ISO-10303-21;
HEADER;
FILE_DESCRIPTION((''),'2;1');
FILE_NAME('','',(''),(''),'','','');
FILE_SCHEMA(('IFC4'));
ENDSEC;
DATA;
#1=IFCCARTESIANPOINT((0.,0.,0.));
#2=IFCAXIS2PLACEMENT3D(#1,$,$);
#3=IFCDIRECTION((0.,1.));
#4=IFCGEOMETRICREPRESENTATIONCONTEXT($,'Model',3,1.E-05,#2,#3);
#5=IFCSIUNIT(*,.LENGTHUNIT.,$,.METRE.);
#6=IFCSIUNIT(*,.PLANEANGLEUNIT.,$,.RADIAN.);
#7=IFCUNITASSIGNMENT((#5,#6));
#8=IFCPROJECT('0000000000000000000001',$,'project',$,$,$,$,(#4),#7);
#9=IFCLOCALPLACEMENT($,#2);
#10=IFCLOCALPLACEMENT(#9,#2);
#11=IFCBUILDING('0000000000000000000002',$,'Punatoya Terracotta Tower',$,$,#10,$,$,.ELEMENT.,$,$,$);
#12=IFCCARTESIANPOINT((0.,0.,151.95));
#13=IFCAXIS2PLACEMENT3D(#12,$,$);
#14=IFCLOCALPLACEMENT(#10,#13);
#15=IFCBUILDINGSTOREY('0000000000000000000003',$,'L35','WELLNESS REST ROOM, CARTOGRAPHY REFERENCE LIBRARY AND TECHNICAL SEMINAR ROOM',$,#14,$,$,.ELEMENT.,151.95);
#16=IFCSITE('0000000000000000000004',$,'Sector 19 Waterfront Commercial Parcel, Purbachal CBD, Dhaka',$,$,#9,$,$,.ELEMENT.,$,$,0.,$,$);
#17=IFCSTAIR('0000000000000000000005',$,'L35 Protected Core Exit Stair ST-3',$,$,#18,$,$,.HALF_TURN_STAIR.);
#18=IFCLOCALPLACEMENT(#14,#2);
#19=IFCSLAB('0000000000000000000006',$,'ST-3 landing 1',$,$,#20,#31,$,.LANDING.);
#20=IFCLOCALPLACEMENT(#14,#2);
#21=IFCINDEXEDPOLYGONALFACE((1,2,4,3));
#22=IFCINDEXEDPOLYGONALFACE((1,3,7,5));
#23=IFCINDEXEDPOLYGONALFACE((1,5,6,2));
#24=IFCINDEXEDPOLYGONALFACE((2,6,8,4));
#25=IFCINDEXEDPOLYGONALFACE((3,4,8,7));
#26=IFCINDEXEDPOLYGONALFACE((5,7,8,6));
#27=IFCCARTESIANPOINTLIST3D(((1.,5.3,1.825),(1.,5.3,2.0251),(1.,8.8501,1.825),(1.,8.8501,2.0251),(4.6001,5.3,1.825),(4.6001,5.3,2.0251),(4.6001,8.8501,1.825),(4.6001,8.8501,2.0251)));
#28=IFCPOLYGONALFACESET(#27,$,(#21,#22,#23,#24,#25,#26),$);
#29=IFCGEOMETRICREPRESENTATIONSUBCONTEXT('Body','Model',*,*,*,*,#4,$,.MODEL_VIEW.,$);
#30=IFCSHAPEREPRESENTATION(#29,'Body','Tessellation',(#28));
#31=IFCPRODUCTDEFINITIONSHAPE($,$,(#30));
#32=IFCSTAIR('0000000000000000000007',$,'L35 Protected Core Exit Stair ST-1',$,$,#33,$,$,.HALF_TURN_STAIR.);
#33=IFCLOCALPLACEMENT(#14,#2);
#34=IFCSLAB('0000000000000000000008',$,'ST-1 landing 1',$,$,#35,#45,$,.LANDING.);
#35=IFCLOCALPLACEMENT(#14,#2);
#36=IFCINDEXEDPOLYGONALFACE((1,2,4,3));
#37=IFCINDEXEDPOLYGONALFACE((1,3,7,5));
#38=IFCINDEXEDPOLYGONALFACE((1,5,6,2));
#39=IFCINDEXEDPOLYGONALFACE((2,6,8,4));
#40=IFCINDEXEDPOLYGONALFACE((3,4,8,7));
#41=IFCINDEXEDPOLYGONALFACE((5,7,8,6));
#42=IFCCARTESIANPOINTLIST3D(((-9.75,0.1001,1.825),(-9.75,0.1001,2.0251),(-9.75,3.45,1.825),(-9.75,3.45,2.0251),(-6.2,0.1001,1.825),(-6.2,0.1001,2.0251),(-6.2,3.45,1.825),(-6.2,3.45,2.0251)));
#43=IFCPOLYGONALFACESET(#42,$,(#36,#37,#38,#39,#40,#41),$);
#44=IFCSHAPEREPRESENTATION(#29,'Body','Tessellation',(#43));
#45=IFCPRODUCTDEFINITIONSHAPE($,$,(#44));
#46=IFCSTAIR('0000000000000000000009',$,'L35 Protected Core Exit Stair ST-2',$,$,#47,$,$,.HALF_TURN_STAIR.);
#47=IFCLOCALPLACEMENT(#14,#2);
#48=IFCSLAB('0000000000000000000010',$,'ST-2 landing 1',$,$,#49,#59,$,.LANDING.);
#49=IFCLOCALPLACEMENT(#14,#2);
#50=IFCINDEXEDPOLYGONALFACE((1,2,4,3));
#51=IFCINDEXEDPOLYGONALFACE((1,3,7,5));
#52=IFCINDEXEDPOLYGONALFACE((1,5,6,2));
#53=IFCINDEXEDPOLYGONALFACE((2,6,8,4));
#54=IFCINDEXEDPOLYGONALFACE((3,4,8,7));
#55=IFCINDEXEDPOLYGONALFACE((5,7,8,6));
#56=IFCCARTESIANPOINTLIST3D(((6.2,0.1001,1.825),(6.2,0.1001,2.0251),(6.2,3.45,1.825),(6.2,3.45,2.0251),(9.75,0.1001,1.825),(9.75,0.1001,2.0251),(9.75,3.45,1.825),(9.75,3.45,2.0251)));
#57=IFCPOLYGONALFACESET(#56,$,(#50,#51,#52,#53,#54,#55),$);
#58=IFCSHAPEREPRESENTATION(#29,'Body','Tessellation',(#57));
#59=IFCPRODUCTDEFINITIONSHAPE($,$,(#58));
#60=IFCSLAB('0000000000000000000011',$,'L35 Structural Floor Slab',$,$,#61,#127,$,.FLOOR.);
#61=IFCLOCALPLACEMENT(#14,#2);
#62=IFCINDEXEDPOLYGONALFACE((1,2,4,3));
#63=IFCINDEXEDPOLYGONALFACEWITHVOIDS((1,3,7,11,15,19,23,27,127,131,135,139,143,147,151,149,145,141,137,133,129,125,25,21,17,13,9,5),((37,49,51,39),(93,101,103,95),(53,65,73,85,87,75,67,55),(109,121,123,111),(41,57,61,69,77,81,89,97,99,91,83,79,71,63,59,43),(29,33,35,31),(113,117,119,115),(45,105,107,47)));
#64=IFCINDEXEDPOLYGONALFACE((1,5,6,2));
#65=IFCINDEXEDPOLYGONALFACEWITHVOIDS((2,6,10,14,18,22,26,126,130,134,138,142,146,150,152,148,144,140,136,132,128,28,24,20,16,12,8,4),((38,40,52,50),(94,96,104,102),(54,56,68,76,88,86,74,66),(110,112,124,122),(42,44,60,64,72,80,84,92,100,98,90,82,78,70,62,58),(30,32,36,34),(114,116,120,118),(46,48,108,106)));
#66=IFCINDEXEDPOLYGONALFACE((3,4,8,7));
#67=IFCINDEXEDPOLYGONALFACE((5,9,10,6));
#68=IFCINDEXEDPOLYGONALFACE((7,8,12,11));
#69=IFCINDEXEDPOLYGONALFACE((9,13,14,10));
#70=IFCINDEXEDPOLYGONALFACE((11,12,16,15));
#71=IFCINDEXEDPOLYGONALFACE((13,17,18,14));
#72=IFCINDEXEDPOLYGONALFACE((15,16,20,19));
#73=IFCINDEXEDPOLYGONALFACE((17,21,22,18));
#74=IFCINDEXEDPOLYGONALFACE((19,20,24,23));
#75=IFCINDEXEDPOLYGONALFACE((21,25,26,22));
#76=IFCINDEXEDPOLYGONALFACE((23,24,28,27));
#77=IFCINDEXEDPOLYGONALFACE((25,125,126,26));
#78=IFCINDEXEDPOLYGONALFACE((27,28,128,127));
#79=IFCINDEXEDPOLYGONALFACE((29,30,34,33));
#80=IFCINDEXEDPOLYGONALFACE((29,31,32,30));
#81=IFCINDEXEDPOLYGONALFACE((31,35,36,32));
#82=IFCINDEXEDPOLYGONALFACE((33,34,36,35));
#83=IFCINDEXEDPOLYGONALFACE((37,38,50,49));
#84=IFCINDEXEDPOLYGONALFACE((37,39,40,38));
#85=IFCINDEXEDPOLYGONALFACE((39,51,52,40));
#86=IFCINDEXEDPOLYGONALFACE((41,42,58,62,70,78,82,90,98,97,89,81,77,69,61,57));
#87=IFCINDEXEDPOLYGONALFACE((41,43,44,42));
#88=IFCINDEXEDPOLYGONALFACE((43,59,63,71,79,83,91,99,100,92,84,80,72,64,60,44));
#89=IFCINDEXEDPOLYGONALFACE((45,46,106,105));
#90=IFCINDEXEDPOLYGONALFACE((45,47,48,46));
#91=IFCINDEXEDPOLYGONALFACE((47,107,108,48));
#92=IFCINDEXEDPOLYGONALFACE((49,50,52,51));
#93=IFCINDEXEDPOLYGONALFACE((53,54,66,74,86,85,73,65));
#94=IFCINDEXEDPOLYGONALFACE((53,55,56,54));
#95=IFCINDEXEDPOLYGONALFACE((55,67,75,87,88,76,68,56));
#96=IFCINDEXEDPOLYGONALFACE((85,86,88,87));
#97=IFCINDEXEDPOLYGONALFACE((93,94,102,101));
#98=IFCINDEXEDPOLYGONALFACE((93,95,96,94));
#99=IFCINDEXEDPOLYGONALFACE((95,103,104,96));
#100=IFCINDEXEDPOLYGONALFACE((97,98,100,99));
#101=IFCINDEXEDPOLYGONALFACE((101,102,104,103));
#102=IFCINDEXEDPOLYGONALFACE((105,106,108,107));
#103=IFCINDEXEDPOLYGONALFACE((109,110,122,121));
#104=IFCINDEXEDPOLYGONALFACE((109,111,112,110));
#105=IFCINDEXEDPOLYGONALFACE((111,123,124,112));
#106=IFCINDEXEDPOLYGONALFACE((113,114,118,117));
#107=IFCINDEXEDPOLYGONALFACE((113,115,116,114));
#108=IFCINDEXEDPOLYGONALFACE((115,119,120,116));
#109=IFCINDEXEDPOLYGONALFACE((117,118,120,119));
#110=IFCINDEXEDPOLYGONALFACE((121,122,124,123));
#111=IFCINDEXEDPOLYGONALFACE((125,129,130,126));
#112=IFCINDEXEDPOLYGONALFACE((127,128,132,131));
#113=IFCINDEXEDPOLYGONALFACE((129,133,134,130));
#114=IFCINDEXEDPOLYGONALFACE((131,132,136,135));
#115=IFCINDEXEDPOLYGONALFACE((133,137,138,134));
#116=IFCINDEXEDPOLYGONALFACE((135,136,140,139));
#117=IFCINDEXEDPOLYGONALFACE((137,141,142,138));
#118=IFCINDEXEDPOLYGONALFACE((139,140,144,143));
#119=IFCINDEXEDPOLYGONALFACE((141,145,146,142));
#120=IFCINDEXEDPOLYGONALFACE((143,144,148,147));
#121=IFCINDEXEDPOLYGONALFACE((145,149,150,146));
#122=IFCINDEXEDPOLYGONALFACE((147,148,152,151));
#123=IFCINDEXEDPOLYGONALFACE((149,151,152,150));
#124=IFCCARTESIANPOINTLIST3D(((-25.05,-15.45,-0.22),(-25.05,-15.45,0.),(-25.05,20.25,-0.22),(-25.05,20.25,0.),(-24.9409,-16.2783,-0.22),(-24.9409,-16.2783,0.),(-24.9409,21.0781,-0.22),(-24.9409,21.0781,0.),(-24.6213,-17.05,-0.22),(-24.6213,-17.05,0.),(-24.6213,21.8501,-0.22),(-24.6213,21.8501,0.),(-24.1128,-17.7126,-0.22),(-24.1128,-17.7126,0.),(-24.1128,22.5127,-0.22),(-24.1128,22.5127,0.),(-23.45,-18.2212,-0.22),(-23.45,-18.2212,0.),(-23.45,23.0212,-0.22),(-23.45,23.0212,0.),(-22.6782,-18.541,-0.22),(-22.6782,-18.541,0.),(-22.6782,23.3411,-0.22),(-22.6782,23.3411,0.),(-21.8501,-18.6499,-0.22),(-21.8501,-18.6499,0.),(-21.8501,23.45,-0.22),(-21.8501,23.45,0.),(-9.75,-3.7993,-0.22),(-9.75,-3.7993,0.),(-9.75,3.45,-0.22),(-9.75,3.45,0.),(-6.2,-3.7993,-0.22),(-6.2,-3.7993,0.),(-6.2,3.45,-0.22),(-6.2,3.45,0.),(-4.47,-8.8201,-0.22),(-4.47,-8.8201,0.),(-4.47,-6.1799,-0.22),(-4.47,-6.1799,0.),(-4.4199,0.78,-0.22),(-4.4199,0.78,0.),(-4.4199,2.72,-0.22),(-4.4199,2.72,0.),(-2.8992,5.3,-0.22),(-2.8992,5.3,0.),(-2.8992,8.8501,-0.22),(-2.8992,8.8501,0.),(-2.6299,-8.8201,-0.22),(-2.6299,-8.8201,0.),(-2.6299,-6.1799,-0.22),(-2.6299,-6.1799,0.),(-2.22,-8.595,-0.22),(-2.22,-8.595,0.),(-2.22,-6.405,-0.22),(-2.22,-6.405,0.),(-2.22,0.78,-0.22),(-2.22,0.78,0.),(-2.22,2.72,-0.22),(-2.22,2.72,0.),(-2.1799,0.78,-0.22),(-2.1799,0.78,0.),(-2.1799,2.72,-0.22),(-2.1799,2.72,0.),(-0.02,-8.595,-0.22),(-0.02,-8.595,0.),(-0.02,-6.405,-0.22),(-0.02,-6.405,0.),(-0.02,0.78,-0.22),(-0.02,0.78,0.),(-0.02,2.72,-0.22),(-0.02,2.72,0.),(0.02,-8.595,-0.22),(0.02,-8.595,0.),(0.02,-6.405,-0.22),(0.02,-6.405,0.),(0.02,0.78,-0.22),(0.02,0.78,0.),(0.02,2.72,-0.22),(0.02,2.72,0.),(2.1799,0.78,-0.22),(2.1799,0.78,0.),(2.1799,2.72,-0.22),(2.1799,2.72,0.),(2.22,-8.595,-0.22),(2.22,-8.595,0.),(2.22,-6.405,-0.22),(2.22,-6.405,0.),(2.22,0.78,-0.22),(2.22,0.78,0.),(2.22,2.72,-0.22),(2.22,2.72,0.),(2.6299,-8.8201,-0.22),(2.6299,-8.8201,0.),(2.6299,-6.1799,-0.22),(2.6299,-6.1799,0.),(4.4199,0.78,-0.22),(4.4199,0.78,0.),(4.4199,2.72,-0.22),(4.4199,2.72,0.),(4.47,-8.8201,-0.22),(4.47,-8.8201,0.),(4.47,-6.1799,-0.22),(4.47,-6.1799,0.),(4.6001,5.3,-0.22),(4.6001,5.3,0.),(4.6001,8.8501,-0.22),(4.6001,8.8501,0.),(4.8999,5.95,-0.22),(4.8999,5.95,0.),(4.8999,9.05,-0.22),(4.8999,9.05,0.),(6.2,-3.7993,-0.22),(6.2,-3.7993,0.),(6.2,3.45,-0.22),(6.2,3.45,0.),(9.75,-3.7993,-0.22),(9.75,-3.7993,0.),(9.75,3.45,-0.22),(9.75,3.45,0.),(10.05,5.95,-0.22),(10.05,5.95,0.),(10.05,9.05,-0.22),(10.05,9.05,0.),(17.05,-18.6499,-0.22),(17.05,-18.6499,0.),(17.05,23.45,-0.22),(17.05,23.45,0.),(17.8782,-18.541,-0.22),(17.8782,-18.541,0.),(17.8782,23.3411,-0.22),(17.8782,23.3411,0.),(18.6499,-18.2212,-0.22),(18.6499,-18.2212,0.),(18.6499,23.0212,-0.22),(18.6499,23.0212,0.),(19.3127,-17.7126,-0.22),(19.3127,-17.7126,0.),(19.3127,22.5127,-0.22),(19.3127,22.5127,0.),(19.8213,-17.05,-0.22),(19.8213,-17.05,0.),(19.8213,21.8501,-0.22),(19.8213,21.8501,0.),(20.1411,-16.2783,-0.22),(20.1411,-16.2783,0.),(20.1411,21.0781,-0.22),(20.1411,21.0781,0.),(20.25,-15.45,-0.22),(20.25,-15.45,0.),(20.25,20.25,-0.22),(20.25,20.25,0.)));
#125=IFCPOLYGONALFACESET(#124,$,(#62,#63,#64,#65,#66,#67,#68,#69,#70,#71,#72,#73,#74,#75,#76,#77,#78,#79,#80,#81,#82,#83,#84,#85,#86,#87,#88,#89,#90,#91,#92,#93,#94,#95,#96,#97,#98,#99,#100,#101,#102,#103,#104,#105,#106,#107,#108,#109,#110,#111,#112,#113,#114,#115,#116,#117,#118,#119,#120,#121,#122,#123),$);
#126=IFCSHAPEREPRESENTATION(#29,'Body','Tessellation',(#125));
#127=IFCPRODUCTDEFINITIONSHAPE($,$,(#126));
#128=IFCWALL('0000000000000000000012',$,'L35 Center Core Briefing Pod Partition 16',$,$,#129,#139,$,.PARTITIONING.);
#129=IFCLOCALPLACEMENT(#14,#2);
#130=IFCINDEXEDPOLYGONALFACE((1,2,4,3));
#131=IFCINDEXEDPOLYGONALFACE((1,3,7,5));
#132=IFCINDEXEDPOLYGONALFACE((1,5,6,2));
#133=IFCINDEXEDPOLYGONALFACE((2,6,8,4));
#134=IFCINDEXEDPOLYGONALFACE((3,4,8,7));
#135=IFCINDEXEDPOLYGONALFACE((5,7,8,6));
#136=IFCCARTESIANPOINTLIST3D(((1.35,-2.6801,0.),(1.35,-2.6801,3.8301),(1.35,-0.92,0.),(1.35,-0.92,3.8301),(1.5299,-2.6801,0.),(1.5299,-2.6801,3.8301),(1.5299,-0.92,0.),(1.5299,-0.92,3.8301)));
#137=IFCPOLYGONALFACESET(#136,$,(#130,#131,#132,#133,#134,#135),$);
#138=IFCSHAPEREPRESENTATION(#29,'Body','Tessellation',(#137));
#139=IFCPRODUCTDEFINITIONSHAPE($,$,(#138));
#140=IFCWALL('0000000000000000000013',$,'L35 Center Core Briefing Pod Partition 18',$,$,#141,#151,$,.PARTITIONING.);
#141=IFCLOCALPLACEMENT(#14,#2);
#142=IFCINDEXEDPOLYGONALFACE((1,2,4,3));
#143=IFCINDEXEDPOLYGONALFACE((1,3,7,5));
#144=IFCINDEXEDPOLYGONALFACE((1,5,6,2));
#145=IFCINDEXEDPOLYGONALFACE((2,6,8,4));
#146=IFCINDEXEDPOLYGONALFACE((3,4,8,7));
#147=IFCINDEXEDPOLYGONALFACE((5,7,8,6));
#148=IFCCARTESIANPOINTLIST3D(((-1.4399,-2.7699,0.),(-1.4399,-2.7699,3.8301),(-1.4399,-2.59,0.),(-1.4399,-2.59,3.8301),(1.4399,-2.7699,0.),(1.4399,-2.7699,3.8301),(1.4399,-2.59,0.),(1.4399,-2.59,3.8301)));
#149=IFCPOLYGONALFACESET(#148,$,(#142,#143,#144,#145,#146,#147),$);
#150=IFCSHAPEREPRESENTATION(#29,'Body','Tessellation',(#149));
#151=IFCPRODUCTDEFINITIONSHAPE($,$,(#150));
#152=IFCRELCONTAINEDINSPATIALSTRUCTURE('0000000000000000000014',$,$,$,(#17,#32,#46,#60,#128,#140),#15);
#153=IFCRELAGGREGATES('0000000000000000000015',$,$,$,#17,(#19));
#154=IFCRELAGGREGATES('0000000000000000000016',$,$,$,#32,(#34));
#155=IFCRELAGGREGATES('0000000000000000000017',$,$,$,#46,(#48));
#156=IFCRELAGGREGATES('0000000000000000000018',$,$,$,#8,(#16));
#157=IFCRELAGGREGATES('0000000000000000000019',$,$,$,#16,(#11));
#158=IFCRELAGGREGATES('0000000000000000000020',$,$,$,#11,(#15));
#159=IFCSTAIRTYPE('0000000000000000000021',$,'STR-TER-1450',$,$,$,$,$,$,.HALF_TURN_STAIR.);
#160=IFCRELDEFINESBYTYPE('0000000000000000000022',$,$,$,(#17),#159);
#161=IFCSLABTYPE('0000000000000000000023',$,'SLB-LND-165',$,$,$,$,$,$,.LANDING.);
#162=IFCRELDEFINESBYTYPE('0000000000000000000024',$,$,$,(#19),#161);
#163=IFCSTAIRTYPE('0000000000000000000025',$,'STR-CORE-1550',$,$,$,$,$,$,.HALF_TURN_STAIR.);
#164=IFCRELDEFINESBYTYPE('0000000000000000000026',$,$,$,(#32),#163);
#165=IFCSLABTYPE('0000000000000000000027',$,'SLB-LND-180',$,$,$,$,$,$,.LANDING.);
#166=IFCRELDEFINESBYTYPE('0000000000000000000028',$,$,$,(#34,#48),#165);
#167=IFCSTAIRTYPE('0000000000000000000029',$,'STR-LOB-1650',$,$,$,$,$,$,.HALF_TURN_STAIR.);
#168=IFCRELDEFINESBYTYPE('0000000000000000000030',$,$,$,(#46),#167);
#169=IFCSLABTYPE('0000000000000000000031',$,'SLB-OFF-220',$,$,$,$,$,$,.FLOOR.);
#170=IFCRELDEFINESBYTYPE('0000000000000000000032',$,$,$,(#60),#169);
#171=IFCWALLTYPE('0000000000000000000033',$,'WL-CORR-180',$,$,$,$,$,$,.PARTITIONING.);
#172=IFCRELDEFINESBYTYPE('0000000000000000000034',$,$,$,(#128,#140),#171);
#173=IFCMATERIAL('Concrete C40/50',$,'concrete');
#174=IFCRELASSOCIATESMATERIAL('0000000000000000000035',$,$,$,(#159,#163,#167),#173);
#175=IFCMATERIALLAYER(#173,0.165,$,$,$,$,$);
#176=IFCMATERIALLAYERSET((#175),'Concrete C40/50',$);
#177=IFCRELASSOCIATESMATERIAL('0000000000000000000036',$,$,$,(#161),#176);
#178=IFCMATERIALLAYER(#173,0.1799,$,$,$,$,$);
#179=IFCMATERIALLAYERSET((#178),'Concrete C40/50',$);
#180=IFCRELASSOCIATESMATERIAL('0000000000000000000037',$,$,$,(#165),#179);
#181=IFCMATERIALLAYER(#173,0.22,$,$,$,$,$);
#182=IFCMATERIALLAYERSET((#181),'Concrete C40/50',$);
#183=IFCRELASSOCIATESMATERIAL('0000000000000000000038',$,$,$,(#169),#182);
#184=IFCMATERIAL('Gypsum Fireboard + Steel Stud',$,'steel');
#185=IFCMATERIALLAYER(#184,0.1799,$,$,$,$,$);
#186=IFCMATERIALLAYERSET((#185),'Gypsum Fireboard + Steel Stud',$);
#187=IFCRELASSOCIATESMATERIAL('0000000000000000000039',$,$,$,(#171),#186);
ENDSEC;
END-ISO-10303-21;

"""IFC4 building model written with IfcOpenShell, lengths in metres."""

from ifc_helpers import new_model, si_unit, direction, frame, frame_2d, origin, place, context, subcontext, project, spatial, polyline, rectangle, outline, extrude, material, layer, layer_set, type_object, element, aggregate, save


model = new_model("IFC4")

# Units and contexts
model_context = context("Model", 3, precision=1e-05, world=origin(), true_north=direction((0.0, 1.0)))
body_context = subcontext(model_context, "Body", "Model", "MODEL_VIEW")
ifc_project = project(units=[si_unit("LENGTHUNIT", "METRE"), si_unit("PLANEANGLEUNIT", "RADIAN")], contexts=[model_context])

# Site, building, storey
site_placement = place(None, origin())
site = spatial("IfcSite", under=ifc_project, at=site_placement, Name="Sector 19 Waterfront Commercial Parcel, Purbachal CBD, Dhaka", CompositionType="ELEMENT", RefElevation=0.0)
building_placement = place(site_placement, origin())
building = spatial("IfcBuilding", under=site, at=building_placement, Name="Punatoya Terracotta Tower", CompositionType="ELEMENT")
storey_placement = place(building_placement, frame((0.0, 0.0, 151.95)))
storey = spatial("IfcBuildingStorey", under=building, at=storey_placement, Name="L35", Description="WELLNESS REST ROOM, CARTOGRAPHY REFERENCE LIBRARY AND TECHNICAL SEMINAR ROOM", CompositionType="ELEMENT", Elevation=151.95)

# Stairs, slabs
ifc_material_1 = material(Name="Concrete C40/50", Category="concrete")
stair_type_1 = type_object("IfcStairType", Name="STR-TER-1450", PredefinedType="HALF_TURN_STAIR", material=ifc_material_1)
stair_1_placement = place(storey_placement, origin())
stair_1 = element("IfcStair", 1, at=stair_1_placement, inside=storey, type_object=stair_type_1, Name="L35 Protected Core Exit Stair ST-3", PredefinedType="HALF_TURN_STAIR")
ifc_layer_1 = layer(ifc_material_1, 0.165)
ifc_layer_set_1 = layer_set([ifc_layer_1], Name="Concrete C40/50")
slab_type_1 = type_object("IfcSlabType", Name="SLB-LND-165", PredefinedType="LANDING", material=ifc_layer_set_1)
slab_1_placement = place(storey_placement, frame((0.0, 0.0, 1.825)))
slab_1 = element("IfcSlab", 2, at=slab_1_placement, type_object=slab_type_1, Name="ST-3 landing 1", PredefinedType="LANDING", context=body_context, shape_type="SweptSolid", body=[
    extrude(outline(polyline([(1.0, 5.3), (4.6001, 5.3), (4.6001, 8.8501), (1.0, 8.8501), (1.0, 5.3)])), origin(), (0.0, 0.0, 1.0), 0.2002),
])
aggregate(stair_1, [slab_1])
stair_type_2 = type_object("IfcStairType", Name="STR-CORE-1550", PredefinedType="HALF_TURN_STAIR", material=ifc_material_1)
stair_2_placement = place(storey_placement, origin())
stair_2 = element("IfcStair", 3, at=stair_2_placement, inside=storey, type_object=stair_type_2, Name="L35 Protected Core Exit Stair ST-1", PredefinedType="HALF_TURN_STAIR")
ifc_layer_2 = layer(ifc_material_1, 0.1799)
ifc_layer_set_2 = layer_set([ifc_layer_2], Name="Concrete C40/50")
slab_type_2 = type_object("IfcSlabType", Name="SLB-LND-180", PredefinedType="LANDING", material=ifc_layer_set_2)
slab_2_placement = place(storey_placement, frame((0.0, 0.0, 1.825)))
slab_2 = element("IfcSlab", 4, at=slab_2_placement, type_object=slab_type_2, Name="ST-1 landing 1", PredefinedType="LANDING", context=body_context, shape_type="SweptSolid", body=[
    extrude(outline(polyline([(-6.2, 0.1001), (-6.2, 3.45), (-9.75, 3.45), (-9.75, 0.1001), (-6.2, 0.1001)])), origin(), (0.0, 0.0, 1.0), 0.2002),
])
aggregate(stair_2, [slab_2])
stair_type_3 = type_object("IfcStairType", Name="STR-LOB-1650", PredefinedType="HALF_TURN_STAIR", material=ifc_material_1)
stair_3_placement = place(storey_placement, origin())
stair_3 = element("IfcStair", 5, at=stair_3_placement, inside=storey, type_object=stair_type_3, Name="L35 Protected Core Exit Stair ST-2", PredefinedType="HALF_TURN_STAIR")
slab_3_placement = place(storey_placement, frame((0.0, 0.0, 1.825)))
slab_3 = element("IfcSlab", 6, at=slab_3_placement, type_object=slab_type_2, Name="ST-2 landing 1", PredefinedType="LANDING", context=body_context, shape_type="SweptSolid", body=[
    extrude(outline(polyline([(9.75, 0.1001), (9.75, 3.45), (6.2, 3.45), (6.2, 0.1001), (9.75, 0.1001)])), origin(), (0.0, 0.0, 1.0), 0.2002),
])
aggregate(stair_3, [slab_3])

# Slab
ifc_layer_3 = layer(ifc_material_1, 0.22)
ifc_layer_set_3 = layer_set([ifc_layer_3], Name="Concrete C40/50")
slab_type_3 = type_object("IfcSlabType", Name="SLB-OFF-220", PredefinedType="FLOOR", material=ifc_layer_set_3)
slab_4_placement = place(storey_placement, frame((0.0, 0.0, -0.22)))
element("IfcSlab", 7, at=slab_4_placement, inside=storey, type_object=slab_type_3, Name="L35 Structural Floor Slab", PredefinedType="FLOOR", context=body_context, shape_type="SweptSolid", body=[
    extrude(outline(polyline([(-21.8501, -18.6499), (-22.6782, -18.541), (-23.45, -18.2212), (-24.1128, -17.7126), (-24.6213, -17.05), (-24.9409, -16.2783), (-25.05, -15.45), (-25.05, 20.25), (-24.9409, 21.0781), (-24.6213, 21.8501), (-24.1128, 22.5127), (-23.45, 23.0212), (-22.6782, 23.3411), (-21.8501, 23.45), (17.05, 23.45), (17.8782, 23.3411), (18.6499, 23.0212), (19.3127, 22.5127), (19.8213, 21.8501), (20.1411, 21.0781), (20.25, 20.25), (20.25, -15.45), (20.1411, -16.2783), (19.8213, -17.05), (19.3127, -17.7126), (18.6499, -18.2212), (17.8782, -18.541), (17.05, -18.6499), (-21.8501, -18.6499)]), holes=[polyline([(-2.6299, -6.1799), (-4.47, -6.1799), (-4.47, -8.8201), (-2.6299, -8.8201), (-2.6299, -6.1799)]), polyline([(0.02, -8.595), (2.22, -8.595), (2.22, -6.405), (0.02, -6.405), (-0.02, -6.405), (-2.22, -6.405), (-2.22, -8.595), (-0.02, -8.595), (0.02, -8.595)]), polyline([(-6.2, 3.45), (-9.75, 3.45), (-9.75, -3.7993), (-6.2, -3.7993), (-6.2, 3.45)]), polyline([(-4.4199, 2.72), (-4.4199, 0.78), (-2.22, 0.78), (-2.1799, 0.78), (-0.02, 0.78), (0.02, 0.78), (2.1799, 0.78), (2.22, 0.78), (4.4199, 0.78), (4.4199, 2.72), (2.22, 2.72), (2.1799, 2.72), (0.02, 2.72), (-0.02, 2.72), (-2.1799, 2.72), (-2.22, 2.72), (-4.4199, 2.72)]), polyline([(4.6001, 5.3), (4.6001, 8.8501), (-2.8992, 8.8501), (-2.8992, 5.3), (4.6001, 5.3)]), polyline([(4.47, -8.8201), (4.47, -6.1799), (2.6299, -6.1799), (2.6299, -8.8201), (4.47, -8.8201)]), polyline([(9.75, 3.45), (6.2, 3.45), (6.2, -3.7993), (9.75, -3.7993), (9.75, 3.45)]), polyline([(10.05, 5.95), (10.05, 9.05), (4.8999, 9.05), (4.8999, 5.95), (10.05, 5.95)])]), origin(), (0.0, 0.0, 1.0), 0.22),
])

# Walls
ifc_material_2 = material(Name="Gypsum Fireboard + Steel Stud", Category="steel")
ifc_layer_4 = layer(ifc_material_2, 0.1799)
ifc_layer_set_4 = layer_set([ifc_layer_4], Name="Gypsum Fireboard + Steel Stud")
wall_type_1 = type_object("IfcWallType", Name="WL-CORR-180", PredefinedType="PARTITIONING", material=ifc_layer_set_4)
wall_1_placement = place(storey_placement, frame((1.4399, -2.6799, 0.0), z_axis=(0.0, 0.0, 1.0), x_axis=(0.0, 1.0, 0.0)))
element("IfcWall", 8, at=wall_1_placement, inside=storey, type_object=wall_type_1, Name="L35 Center Core Briefing Pod Partition 16", PredefinedType="PARTITIONING", context=body_context, shape_type="SweptSolid", body=[
    extrude(rectangle(XDim=1.76, YDim=0.1799, at=frame_2d((0.8799, 0.0))), origin(), (0.0, 0.0, 1.0), 3.8301),
])
wall_2_placement = place(storey_placement, frame((-1.4399, -2.6799, 0.0), z_axis=(0.0, 0.0, 1.0), x_axis=(1.0, 0.0, 0.0)))
element("IfcWall", 9, at=wall_2_placement, inside=storey, type_object=wall_type_1, Name="L35 Center Core Briefing Pod Partition 18", PredefinedType="PARTITIONING", context=body_context, shape_type="SweptSolid", body=[
    extrude(rectangle(XDim=2.8799, YDim=0.1799, at=frame_2d((1.4399, 0.0))), origin(), (0.0, 0.0, 1.0), 3.8301),
])

save(model, "model.ifc")
